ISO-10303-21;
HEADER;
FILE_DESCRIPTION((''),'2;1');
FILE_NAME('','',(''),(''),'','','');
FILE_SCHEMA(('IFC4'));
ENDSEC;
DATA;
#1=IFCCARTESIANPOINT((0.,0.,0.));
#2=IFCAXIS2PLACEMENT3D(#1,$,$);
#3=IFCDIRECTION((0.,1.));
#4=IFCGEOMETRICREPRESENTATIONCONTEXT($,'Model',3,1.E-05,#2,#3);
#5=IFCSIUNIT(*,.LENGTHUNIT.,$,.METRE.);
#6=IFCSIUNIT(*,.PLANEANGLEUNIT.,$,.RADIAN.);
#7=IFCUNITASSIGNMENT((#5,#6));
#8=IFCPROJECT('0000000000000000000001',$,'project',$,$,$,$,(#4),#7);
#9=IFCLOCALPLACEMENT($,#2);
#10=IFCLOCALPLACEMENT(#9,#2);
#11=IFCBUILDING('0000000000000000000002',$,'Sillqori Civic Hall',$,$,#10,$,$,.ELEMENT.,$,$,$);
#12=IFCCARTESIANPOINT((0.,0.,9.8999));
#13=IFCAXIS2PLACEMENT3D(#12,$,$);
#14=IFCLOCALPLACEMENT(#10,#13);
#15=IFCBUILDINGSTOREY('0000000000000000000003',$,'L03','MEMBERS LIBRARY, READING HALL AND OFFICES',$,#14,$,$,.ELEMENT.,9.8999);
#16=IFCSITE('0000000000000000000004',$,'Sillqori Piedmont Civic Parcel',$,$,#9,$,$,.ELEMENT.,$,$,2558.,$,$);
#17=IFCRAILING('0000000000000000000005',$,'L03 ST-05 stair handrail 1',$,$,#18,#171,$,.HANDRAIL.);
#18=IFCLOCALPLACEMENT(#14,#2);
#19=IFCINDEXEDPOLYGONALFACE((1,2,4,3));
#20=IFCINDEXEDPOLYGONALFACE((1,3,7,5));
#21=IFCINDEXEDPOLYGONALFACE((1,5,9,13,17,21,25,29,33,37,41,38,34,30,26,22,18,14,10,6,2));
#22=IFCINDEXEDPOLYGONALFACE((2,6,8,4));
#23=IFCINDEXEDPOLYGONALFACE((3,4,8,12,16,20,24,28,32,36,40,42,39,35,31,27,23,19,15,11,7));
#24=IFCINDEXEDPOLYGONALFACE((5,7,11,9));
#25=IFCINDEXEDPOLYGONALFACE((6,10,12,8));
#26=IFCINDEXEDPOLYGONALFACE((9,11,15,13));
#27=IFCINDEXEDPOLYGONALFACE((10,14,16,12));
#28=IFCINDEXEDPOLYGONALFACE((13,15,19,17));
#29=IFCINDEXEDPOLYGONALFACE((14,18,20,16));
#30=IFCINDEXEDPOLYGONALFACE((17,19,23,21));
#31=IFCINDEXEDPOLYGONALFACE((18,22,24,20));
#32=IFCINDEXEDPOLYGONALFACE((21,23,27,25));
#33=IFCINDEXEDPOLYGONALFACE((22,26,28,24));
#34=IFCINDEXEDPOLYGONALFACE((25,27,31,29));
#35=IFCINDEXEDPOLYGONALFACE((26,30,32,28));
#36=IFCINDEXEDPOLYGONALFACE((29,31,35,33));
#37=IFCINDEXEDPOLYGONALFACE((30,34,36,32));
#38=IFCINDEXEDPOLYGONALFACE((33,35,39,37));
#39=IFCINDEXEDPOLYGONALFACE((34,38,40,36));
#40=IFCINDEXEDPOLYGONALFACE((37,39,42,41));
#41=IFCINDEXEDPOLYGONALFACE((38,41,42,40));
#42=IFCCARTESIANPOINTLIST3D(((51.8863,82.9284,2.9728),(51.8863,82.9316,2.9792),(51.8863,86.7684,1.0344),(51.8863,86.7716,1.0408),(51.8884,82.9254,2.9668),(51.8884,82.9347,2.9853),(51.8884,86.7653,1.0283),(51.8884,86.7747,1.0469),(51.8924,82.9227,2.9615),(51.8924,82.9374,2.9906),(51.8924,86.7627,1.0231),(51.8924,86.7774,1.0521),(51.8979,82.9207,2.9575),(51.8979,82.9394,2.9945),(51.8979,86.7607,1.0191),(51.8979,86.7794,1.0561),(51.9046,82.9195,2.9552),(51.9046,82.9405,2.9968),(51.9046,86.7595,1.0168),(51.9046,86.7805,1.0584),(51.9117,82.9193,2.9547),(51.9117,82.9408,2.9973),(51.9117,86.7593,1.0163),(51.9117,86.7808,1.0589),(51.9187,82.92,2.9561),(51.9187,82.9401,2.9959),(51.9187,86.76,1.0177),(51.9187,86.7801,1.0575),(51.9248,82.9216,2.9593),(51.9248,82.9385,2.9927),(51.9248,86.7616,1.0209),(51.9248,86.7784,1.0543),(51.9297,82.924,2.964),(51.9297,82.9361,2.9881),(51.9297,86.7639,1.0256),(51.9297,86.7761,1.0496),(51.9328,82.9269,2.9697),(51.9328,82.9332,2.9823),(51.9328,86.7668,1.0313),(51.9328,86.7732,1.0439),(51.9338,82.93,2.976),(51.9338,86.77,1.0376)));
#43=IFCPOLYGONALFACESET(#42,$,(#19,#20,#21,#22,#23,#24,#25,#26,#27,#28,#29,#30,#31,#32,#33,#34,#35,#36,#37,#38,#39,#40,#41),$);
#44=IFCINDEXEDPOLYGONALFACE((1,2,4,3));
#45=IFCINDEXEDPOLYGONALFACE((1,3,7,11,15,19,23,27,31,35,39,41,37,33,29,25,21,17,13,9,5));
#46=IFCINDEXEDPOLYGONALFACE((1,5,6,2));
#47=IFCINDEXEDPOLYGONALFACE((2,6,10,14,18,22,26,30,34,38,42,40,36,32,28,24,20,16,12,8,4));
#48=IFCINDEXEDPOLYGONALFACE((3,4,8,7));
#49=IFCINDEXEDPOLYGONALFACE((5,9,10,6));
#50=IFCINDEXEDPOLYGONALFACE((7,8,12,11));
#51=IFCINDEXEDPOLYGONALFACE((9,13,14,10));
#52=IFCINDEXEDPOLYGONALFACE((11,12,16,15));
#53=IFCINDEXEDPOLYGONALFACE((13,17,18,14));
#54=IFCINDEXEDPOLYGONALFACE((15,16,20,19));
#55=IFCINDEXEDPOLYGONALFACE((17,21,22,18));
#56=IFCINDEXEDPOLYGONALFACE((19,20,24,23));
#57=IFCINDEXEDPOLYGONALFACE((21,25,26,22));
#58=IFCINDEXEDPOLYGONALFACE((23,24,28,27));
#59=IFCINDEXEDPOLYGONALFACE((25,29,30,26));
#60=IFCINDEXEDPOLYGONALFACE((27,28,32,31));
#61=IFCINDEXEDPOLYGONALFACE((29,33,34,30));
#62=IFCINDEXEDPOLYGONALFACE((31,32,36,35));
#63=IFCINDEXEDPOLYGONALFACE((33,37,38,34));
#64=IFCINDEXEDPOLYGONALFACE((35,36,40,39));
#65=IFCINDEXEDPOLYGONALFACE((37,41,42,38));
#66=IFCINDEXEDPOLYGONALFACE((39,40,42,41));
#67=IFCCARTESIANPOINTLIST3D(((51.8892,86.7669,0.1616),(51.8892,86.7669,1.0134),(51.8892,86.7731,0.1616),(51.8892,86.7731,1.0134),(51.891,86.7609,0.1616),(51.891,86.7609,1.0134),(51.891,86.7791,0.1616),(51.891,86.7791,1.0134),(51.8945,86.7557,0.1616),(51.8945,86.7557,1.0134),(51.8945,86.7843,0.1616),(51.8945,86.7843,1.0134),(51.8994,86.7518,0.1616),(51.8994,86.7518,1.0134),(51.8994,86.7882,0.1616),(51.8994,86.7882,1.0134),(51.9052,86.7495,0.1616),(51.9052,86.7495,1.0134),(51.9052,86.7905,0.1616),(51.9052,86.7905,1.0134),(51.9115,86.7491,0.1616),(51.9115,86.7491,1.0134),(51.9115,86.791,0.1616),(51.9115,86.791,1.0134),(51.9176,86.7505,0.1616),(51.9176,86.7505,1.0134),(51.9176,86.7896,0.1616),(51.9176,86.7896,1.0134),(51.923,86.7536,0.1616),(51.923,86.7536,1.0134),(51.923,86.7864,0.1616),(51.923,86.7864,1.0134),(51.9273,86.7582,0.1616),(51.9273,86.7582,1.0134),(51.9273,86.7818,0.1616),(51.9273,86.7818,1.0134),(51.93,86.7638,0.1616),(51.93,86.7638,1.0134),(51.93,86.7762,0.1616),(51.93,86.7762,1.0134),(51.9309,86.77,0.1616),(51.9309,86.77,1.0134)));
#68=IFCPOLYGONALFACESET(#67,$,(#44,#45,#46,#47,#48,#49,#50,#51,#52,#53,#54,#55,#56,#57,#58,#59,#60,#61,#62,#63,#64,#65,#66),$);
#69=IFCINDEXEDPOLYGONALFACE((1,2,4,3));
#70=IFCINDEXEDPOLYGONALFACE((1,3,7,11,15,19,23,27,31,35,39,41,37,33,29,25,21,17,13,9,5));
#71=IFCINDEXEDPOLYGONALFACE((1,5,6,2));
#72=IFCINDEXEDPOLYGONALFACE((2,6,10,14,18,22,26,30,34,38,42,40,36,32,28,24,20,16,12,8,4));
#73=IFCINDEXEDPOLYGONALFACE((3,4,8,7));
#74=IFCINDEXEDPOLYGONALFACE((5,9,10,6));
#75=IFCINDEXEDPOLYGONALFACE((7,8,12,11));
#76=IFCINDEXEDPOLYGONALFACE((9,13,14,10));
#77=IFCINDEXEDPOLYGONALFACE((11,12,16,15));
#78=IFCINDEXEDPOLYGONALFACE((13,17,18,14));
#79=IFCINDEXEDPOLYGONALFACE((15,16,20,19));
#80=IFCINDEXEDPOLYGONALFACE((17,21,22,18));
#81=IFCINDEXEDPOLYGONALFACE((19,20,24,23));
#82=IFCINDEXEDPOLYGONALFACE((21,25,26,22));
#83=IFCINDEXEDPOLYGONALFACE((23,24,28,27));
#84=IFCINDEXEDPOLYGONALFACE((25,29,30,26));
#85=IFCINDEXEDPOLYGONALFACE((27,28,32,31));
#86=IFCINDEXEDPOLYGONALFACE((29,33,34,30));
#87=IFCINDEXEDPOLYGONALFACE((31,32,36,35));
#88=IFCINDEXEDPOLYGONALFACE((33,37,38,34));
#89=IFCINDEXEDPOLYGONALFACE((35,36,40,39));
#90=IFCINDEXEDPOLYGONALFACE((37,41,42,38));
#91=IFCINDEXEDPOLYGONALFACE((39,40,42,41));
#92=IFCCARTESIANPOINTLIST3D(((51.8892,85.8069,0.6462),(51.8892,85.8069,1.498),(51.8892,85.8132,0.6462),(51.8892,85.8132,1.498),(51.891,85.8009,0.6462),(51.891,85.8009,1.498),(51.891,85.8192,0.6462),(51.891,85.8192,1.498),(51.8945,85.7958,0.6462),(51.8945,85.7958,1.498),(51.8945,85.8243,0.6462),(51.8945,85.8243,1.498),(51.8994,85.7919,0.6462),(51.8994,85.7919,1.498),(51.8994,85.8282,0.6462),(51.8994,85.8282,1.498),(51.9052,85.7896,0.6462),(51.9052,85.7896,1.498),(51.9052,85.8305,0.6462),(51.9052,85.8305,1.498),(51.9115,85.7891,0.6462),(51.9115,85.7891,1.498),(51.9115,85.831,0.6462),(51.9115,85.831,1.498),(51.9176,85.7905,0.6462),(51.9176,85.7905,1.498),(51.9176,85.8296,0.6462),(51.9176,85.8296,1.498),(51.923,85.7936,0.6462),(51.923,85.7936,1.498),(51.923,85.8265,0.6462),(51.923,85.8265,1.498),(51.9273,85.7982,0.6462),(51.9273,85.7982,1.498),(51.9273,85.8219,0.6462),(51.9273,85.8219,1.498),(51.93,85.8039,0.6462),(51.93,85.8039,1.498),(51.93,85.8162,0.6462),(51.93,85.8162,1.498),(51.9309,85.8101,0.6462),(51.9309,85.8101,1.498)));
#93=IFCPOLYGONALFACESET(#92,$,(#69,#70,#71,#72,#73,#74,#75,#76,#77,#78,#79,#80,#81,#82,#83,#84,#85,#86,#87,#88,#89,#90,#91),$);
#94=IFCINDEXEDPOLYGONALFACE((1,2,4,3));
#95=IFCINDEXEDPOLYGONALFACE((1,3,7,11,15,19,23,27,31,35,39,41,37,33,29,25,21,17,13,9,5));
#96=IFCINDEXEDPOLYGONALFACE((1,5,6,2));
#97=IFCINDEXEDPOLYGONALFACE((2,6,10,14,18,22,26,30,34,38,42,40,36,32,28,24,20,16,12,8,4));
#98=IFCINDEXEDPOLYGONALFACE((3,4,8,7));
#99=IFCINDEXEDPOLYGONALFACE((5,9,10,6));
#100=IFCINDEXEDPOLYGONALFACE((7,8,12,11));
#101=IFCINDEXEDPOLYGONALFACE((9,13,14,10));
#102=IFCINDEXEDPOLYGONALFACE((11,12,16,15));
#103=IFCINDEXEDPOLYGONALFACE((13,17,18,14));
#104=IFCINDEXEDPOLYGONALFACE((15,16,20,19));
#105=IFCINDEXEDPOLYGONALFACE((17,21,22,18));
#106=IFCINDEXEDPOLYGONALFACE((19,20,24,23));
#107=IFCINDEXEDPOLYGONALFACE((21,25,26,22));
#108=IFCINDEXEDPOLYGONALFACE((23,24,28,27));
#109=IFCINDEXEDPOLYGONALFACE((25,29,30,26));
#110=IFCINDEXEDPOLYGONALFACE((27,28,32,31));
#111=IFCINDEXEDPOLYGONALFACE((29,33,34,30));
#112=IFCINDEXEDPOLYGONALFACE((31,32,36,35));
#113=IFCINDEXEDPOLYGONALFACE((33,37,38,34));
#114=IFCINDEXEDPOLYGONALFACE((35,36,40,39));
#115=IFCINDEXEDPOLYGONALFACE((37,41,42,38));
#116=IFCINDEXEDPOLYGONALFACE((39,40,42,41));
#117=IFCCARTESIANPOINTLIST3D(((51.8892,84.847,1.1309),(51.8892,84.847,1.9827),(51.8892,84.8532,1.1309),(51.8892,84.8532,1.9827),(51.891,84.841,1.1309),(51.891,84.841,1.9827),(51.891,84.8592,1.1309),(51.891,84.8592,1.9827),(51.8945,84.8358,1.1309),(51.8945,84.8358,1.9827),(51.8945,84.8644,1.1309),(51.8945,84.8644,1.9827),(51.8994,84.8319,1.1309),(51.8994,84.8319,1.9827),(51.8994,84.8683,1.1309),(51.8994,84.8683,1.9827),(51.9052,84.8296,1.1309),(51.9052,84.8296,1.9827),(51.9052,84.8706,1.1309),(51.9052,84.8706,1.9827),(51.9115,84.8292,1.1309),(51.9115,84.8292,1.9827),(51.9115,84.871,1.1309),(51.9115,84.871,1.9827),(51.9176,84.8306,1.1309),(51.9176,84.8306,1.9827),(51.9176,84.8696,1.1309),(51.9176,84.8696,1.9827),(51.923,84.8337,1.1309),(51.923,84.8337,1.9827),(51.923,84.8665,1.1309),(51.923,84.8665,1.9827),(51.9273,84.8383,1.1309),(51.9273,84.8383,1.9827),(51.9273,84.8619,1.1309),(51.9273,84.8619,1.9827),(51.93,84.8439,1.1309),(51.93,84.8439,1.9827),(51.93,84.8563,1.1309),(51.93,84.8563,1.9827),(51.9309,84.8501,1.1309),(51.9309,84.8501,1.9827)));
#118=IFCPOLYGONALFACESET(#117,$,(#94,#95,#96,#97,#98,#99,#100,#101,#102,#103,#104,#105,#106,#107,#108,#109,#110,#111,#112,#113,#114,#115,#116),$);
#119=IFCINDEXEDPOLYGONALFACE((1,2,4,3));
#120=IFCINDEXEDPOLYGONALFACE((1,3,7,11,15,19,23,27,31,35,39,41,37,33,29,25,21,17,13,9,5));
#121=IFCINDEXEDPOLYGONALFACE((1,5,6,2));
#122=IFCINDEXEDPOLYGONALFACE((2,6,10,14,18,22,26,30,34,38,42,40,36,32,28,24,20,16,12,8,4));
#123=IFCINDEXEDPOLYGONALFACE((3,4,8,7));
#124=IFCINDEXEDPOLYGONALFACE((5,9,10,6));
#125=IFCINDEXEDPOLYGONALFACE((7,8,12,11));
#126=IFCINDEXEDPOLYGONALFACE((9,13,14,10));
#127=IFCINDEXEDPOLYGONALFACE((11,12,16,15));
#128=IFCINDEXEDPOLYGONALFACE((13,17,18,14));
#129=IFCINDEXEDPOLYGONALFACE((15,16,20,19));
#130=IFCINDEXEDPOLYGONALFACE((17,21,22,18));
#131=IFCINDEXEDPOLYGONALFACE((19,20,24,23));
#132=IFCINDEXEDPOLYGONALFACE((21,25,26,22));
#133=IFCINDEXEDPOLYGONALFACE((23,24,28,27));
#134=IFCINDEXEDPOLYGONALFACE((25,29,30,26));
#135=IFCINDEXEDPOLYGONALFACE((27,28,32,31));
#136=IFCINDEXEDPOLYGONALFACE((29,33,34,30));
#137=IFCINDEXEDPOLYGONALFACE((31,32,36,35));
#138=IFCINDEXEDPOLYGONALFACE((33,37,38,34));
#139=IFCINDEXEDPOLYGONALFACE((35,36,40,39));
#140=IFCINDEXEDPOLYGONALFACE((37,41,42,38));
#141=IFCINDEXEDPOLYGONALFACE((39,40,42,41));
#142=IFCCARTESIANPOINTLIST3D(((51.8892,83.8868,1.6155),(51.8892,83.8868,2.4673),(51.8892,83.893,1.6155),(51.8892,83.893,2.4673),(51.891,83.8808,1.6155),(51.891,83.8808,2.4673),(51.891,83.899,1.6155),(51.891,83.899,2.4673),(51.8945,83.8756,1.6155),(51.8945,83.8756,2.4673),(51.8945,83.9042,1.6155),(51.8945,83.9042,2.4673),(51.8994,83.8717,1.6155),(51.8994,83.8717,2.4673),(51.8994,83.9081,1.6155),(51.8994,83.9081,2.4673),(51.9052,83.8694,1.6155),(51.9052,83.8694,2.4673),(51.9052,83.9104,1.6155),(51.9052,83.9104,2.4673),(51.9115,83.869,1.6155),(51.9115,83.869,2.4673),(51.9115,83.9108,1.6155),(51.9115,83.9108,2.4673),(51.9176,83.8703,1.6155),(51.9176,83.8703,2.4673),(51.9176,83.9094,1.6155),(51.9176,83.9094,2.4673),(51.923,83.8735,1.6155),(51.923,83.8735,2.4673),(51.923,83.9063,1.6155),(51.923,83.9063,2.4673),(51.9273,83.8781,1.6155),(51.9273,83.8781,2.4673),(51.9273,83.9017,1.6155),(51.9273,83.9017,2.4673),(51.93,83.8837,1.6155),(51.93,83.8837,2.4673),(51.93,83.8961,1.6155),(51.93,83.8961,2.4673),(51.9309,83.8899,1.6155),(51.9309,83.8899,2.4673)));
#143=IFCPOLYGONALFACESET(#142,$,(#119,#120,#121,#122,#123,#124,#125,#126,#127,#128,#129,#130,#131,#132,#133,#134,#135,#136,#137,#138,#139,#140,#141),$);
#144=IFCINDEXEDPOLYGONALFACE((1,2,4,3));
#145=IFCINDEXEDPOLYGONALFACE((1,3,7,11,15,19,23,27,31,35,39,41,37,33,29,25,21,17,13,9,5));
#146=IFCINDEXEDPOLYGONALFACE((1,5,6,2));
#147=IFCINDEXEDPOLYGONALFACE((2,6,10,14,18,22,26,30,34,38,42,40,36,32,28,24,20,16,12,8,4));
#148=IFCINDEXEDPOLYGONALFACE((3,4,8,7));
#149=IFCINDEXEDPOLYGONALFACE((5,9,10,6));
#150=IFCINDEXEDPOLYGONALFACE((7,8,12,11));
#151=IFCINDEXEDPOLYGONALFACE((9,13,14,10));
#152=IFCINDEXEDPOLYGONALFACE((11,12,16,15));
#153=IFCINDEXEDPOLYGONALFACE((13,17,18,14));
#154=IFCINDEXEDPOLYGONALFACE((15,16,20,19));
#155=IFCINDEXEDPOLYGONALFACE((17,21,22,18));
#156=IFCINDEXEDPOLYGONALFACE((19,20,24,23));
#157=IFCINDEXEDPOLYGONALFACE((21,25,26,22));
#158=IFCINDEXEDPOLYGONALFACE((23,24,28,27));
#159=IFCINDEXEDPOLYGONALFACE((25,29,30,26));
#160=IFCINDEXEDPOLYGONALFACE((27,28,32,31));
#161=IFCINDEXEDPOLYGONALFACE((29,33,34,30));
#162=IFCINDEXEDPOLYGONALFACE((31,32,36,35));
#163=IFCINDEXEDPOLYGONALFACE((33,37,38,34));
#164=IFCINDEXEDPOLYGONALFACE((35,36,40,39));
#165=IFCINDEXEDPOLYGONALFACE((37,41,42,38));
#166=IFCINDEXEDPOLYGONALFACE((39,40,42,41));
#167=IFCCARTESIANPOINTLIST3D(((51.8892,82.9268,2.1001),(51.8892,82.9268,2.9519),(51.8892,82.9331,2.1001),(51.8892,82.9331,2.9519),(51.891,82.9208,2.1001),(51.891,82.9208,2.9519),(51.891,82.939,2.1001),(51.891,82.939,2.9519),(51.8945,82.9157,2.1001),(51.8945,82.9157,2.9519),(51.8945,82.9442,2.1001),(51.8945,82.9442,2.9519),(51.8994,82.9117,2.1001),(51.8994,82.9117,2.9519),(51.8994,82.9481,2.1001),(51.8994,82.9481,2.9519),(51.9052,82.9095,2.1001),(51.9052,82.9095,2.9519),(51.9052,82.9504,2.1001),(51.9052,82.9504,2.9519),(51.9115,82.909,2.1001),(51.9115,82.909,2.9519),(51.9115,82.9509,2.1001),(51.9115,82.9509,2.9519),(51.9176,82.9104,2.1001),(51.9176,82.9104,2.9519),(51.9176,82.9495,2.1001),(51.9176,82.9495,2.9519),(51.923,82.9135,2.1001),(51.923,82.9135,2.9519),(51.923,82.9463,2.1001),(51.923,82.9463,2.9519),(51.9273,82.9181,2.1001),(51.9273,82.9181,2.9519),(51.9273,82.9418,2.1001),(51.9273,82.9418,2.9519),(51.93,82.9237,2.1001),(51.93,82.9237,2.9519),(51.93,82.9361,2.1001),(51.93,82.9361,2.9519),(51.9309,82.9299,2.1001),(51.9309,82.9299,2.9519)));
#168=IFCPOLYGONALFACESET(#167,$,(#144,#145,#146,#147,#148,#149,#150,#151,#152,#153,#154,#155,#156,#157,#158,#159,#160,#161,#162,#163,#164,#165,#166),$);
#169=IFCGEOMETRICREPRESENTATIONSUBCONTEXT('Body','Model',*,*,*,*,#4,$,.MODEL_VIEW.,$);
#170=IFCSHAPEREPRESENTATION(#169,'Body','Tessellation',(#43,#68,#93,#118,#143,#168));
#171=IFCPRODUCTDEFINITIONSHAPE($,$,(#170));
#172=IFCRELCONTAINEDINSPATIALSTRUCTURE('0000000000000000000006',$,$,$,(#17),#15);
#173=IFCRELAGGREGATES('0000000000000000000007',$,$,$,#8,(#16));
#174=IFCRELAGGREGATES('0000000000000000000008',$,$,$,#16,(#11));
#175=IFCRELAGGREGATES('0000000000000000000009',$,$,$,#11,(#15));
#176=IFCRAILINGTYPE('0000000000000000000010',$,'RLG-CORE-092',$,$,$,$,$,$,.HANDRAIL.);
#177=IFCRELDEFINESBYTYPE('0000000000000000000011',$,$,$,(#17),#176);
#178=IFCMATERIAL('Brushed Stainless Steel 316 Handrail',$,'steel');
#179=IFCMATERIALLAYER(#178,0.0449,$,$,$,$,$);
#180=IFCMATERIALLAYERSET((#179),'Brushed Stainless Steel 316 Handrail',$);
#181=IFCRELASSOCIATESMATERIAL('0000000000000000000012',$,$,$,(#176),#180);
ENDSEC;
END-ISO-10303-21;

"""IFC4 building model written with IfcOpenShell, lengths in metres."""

from ifc_helpers import new_model, si_unit, direction, frame, origin, origin_2d, place, context, subcontext, project, spatial, circle, extrude, material, layer, layer_set, type_object, element, save


model = new_model("IFC4")

# Units and contexts
model_context = context("Model", 3, precision=1e-05, world=origin(), true_north=direction((0.0, 1.0)))
body_context = subcontext(model_context, "Body", "Model", "MODEL_VIEW")
ifc_project = project(units=[si_unit("LENGTHUNIT", "METRE"), si_unit("PLANEANGLEUNIT", "RADIAN")], contexts=[model_context])

# Site, building, storey
site_placement = place(None, origin())
site = spatial("IfcSite", under=ifc_project, at=site_placement, Name="Sillqori Piedmont Civic Parcel", CompositionType="ELEMENT", RefElevation=2558.0)
building_placement = place(site_placement, origin())
building = spatial("IfcBuilding", under=site, at=building_placement, Name="Sillqori Civic Hall", CompositionType="ELEMENT")
storey_placement = place(building_placement, frame((0.0, 0.0, 9.8999)))
storey = spatial("IfcBuildingStorey", under=building, at=storey_placement, Name="L03", Description="MEMBERS LIBRARY, READING HALL AND OFFICES", CompositionType="ELEMENT", Elevation=9.8999)

# Railing
ifc_material_1 = material(Name="Brushed Stainless Steel 316 Handrail", Category="steel")
ifc_layer_1 = layer(ifc_material_1, 0.0449)
ifc_layer_set_1 = layer_set([ifc_layer_1], Name="Brushed Stainless Steel 316 Handrail")
railing_type_1 = type_object("IfcRailingType", Name="RLG-CORE-092", PredefinedType="HANDRAIL", material=ifc_layer_set_1)
railing_1_placement = place(storey_placement, frame((51.9099, 86.77, 0.1616)))
element("IfcRailing", 1, at=railing_1_placement, inside=storey, type_object=railing_type_1, Name="L03 ST-05 stair handrail 1", PredefinedType="HANDRAIL", context=body_context, shape_type="SweptSolid", body=[
    extrude(circle(Radius=0.0239, at=origin_2d()), frame((0.0, 0.0, 0.876), z_axis=(0.0, -0.892707, 0.450638), x_axis=(1.0, 0.0, 0.0)), (0.0, 0.0, 1.0), 4.3015),
    extrude(circle(Radius=0.021, at=origin_2d()), origin(), (0.0, 0.0, 1.0), 0.8518),
    extrude(circle(Radius=0.021, at=origin_2d()), frame((0.0, -0.96, 0.4846)), (0.0, 0.0, 1.0), 0.8518),
    extrude(circle(Radius=0.021, at=origin_2d()), frame((0.0, -1.9199, 0.9692)), (0.0, 0.0, 1.0), 0.8518),
    extrude(circle(Radius=0.021, at=origin_2d()), frame((0.0, -2.8801, 1.4539)), (0.0, 0.0, 1.0), 0.8518),
    extrude(circle(Radius=0.021, at=origin_2d()), frame((0.0, -3.8401, 1.9385)), (0.0, 0.0, 1.0), 0.8518),
])

save(model, "model.ifc")
